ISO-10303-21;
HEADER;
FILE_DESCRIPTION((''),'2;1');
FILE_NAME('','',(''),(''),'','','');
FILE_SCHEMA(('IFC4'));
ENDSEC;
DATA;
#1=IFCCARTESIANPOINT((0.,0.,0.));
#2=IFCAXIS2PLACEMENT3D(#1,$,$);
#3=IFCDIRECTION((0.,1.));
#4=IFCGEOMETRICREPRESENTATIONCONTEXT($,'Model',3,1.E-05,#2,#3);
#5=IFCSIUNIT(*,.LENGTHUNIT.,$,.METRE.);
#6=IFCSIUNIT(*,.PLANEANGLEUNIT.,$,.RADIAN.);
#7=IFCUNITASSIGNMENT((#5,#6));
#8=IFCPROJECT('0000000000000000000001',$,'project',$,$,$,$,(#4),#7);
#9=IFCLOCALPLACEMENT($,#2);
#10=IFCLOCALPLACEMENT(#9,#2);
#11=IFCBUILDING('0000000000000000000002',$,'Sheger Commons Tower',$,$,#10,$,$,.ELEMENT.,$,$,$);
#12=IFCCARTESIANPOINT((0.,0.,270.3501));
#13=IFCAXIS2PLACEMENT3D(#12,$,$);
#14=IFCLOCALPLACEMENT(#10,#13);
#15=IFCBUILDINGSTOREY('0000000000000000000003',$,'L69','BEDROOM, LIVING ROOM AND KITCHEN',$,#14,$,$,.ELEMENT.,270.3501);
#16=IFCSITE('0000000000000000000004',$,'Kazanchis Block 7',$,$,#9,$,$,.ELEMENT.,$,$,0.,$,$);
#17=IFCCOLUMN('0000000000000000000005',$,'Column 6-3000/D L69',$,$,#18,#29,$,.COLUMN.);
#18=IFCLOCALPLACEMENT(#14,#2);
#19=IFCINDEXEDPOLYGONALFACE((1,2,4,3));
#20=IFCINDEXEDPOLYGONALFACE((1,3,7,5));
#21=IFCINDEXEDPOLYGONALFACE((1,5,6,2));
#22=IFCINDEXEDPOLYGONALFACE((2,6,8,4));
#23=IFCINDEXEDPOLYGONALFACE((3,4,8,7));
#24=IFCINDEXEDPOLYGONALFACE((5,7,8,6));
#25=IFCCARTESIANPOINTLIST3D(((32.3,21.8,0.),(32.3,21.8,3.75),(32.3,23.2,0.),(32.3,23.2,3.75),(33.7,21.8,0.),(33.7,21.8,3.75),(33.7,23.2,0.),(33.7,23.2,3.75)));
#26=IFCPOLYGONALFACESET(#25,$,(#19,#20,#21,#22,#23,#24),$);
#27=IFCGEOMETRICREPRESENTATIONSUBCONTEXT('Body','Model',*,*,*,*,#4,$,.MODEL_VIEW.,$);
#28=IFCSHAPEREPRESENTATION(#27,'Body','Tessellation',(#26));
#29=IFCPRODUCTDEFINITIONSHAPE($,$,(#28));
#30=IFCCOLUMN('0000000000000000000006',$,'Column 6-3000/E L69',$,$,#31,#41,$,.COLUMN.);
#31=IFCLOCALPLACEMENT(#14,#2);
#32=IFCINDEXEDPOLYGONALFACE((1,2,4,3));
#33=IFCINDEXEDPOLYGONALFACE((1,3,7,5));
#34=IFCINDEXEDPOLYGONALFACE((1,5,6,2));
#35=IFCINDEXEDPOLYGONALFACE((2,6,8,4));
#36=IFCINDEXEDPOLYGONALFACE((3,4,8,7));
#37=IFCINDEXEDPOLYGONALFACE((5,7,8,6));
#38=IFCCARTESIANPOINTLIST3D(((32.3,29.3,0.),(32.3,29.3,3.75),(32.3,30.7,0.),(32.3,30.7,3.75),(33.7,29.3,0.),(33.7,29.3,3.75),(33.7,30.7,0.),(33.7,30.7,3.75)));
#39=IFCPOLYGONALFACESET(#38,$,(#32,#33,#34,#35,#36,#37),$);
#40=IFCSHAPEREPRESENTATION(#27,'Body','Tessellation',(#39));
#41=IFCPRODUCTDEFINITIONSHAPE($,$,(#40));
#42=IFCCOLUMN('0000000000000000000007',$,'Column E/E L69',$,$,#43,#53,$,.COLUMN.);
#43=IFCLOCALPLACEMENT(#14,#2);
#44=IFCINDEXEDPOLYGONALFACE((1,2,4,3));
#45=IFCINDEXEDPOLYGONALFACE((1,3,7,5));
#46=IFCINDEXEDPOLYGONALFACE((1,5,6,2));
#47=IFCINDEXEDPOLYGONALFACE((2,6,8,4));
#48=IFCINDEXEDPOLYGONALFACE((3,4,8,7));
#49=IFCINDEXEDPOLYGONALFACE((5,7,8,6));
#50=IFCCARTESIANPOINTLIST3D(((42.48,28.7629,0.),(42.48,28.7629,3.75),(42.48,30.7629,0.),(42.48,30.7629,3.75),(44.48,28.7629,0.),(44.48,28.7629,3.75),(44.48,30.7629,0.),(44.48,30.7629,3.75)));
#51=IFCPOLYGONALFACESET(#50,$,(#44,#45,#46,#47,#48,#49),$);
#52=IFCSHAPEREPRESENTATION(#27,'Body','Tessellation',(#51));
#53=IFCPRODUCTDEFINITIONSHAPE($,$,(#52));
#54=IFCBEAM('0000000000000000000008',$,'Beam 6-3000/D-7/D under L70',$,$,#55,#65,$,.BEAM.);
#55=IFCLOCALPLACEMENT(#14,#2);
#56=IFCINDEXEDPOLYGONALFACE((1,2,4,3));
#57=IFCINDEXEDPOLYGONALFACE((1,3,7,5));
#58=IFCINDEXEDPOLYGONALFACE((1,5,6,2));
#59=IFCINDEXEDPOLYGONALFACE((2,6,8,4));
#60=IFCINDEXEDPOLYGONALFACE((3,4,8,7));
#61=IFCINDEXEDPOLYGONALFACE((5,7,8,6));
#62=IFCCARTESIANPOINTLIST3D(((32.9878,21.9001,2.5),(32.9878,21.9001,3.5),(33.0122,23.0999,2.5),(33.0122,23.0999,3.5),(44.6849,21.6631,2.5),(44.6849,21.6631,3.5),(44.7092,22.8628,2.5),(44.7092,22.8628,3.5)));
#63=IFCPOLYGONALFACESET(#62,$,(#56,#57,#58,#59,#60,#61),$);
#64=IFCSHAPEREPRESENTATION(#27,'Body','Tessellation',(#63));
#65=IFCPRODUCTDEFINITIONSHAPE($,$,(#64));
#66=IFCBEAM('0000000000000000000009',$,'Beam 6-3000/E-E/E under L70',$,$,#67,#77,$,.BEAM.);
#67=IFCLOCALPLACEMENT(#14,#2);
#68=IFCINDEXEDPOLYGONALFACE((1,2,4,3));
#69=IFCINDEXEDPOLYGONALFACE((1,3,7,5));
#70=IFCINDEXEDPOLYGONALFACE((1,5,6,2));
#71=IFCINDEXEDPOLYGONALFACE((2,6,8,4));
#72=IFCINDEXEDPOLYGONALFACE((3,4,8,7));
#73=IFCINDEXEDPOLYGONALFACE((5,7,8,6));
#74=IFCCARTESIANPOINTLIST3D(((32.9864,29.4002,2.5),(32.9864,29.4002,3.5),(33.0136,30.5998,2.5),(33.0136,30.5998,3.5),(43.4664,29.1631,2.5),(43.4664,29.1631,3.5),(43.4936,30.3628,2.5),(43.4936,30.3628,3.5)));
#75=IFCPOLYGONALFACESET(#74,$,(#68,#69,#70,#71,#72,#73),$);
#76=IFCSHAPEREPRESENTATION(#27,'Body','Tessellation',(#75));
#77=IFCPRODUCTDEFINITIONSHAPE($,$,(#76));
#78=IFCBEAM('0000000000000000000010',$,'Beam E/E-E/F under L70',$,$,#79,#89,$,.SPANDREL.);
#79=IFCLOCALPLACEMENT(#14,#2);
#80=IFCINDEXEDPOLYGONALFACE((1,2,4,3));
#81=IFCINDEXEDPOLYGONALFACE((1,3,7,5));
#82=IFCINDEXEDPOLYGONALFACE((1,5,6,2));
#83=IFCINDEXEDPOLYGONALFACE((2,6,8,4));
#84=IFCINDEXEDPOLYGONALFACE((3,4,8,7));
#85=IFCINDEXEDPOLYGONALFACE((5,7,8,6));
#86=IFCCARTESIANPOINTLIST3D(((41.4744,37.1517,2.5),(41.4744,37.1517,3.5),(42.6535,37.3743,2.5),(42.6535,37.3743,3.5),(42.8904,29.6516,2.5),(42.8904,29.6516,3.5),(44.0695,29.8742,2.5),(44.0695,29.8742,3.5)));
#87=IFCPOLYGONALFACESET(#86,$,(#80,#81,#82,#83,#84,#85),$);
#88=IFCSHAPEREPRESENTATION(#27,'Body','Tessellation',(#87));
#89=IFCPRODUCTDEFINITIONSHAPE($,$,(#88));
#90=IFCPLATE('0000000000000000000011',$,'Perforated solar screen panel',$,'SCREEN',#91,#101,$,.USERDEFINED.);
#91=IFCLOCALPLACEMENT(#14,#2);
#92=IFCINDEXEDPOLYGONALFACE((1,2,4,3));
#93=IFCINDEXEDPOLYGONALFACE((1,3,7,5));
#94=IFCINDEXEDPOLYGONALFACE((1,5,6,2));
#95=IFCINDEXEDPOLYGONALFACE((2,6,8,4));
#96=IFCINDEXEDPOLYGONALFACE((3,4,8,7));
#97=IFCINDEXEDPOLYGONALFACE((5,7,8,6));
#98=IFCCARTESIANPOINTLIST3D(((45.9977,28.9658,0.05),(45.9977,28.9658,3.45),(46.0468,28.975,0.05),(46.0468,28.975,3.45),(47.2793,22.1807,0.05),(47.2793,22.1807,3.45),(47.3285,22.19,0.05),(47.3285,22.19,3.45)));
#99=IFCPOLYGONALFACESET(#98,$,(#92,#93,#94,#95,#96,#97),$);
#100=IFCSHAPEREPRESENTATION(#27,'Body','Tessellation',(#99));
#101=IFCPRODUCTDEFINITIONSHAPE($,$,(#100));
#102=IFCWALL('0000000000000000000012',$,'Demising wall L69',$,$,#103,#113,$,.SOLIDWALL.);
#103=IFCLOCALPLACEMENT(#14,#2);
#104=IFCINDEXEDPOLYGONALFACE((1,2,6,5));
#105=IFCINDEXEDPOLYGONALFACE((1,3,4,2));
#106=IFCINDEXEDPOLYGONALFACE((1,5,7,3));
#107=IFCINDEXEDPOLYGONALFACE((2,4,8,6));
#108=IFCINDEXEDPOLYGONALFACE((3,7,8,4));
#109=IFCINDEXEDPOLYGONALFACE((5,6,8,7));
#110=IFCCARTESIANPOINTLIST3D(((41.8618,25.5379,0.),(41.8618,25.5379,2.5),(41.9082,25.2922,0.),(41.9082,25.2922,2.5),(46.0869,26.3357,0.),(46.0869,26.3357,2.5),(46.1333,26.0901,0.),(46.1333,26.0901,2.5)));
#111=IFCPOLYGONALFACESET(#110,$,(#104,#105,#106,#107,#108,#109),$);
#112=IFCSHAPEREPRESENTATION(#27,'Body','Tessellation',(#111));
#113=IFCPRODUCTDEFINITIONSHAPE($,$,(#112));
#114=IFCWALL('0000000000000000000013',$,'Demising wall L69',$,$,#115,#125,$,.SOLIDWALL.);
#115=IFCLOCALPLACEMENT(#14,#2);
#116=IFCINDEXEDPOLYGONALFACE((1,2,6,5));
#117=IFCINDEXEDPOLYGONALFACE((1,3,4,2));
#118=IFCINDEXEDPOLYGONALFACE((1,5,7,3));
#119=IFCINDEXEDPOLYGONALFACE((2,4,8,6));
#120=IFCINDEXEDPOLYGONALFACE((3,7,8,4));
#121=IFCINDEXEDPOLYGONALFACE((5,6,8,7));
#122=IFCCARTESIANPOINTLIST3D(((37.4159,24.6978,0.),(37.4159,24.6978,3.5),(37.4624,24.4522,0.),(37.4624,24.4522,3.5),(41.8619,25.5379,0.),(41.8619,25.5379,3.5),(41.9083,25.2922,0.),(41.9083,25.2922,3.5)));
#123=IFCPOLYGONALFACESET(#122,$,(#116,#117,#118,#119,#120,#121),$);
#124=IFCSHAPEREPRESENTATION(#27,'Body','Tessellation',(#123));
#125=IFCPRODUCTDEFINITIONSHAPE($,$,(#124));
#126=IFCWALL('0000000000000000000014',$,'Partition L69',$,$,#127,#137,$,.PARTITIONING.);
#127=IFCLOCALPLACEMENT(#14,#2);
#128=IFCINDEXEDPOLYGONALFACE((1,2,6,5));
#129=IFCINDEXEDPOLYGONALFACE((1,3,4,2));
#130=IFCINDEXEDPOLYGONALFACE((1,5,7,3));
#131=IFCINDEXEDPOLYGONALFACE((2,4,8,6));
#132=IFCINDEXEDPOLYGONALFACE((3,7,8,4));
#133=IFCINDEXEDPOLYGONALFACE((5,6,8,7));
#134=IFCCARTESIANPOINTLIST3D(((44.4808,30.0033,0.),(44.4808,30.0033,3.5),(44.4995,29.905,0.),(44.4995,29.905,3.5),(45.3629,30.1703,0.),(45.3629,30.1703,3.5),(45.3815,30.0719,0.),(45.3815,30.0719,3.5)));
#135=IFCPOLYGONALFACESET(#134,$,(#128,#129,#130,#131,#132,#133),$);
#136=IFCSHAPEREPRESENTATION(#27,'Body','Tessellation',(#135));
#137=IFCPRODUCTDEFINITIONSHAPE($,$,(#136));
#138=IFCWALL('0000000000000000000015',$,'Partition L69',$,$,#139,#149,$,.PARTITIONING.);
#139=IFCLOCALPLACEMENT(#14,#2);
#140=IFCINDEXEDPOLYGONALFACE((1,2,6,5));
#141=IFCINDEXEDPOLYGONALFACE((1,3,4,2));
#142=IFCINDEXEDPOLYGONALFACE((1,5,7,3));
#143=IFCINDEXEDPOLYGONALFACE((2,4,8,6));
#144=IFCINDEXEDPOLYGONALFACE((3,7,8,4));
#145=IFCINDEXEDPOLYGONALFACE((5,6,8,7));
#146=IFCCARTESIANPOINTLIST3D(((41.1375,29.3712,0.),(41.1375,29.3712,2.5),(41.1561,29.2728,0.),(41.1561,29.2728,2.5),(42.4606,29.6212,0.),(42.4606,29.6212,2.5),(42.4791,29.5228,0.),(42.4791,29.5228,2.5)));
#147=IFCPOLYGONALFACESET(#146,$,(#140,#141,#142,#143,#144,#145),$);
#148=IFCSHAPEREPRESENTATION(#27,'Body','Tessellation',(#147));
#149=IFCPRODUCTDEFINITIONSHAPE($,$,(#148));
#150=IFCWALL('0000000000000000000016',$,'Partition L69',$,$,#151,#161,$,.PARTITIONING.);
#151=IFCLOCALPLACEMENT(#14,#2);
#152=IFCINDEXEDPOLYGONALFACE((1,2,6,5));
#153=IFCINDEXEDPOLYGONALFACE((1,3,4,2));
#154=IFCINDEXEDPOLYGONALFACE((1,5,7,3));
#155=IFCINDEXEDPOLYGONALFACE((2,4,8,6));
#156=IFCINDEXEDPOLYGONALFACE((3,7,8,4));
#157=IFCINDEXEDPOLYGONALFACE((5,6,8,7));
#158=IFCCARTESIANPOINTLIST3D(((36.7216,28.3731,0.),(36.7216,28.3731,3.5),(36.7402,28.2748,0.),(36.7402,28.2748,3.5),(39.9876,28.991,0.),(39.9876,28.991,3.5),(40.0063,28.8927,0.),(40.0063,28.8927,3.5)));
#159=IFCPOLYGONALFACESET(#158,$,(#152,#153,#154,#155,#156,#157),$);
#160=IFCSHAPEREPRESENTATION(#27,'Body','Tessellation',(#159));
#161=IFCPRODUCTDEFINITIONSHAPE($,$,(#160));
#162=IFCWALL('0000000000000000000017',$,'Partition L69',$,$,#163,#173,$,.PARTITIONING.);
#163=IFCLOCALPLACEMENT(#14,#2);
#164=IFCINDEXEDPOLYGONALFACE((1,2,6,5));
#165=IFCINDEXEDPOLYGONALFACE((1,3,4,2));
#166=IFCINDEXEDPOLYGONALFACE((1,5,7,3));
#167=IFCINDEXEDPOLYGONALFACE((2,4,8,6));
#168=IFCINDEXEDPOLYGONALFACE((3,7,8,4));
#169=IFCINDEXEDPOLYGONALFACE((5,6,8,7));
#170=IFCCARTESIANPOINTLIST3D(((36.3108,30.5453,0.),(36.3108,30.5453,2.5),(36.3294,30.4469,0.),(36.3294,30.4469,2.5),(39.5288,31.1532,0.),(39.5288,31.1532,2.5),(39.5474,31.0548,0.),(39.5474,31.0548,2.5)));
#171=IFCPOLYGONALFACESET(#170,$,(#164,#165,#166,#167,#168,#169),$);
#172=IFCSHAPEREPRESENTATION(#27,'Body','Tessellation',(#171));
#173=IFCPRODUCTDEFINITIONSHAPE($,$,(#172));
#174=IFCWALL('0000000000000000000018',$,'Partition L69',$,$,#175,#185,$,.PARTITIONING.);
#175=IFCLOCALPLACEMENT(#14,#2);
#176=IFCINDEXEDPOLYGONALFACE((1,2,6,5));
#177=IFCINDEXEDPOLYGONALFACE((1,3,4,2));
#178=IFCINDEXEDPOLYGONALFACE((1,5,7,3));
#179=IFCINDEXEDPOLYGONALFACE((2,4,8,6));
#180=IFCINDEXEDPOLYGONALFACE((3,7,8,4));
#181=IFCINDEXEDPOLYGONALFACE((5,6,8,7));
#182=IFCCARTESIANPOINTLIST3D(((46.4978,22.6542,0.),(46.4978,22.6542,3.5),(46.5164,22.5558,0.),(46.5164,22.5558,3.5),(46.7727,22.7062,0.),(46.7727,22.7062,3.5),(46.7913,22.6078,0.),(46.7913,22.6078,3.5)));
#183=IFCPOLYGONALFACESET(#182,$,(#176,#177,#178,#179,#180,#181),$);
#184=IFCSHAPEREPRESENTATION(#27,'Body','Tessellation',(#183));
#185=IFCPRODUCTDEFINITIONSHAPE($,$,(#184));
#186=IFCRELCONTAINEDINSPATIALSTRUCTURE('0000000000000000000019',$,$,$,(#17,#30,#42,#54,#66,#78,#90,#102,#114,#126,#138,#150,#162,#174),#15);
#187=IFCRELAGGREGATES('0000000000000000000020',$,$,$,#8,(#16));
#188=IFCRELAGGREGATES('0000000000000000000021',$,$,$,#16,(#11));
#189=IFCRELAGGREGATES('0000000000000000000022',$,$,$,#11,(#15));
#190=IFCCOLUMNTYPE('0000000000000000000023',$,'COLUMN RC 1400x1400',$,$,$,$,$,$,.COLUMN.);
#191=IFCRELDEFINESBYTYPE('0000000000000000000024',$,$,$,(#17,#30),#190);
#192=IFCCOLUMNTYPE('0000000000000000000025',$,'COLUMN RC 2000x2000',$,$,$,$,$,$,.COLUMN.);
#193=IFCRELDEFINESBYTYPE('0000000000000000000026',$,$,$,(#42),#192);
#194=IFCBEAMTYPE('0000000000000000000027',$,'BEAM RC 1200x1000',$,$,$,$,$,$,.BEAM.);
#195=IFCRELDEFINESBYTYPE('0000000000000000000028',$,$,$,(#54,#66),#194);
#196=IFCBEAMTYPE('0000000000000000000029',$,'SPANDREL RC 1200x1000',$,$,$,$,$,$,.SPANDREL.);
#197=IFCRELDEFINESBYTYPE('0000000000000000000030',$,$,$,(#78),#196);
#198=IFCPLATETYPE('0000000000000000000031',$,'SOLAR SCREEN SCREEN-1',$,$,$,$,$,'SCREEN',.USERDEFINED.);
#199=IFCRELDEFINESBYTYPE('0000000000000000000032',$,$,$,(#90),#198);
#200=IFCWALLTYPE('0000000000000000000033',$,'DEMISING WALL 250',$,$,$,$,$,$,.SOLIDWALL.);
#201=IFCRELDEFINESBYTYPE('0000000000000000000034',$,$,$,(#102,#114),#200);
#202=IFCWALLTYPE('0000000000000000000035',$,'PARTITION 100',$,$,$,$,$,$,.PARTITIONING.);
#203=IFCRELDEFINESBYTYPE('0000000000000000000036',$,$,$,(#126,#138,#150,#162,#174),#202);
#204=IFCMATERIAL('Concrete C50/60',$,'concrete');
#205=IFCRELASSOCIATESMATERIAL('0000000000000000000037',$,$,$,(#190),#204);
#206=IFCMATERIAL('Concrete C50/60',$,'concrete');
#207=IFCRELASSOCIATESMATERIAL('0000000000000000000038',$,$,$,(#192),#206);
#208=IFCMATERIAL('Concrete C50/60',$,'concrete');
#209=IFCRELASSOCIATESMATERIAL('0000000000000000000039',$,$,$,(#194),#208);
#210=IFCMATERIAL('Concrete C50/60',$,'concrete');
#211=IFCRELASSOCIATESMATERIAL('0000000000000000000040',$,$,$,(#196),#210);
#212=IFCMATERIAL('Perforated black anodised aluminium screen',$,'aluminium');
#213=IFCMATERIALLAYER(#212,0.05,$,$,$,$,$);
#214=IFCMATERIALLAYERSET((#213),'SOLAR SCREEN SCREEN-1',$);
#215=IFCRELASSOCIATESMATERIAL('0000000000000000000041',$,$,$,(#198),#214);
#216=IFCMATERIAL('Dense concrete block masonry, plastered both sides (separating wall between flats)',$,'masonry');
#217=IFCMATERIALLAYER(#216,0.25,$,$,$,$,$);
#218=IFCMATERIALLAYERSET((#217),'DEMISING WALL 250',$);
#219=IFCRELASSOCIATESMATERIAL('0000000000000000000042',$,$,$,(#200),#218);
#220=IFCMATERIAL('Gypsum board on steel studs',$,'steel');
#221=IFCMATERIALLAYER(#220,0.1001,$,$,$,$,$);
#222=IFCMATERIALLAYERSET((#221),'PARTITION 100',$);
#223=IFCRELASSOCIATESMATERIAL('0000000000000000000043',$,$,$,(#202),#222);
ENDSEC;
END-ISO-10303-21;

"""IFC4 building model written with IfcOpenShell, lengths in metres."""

from ifc_helpers import new_model, si_unit, direction, frame, frame_2d, origin, origin_2d, place, context, subcontext, project, spatial, rectangle, extrude, material, layer, layer_set, material_profile, profile_set, type_object, element, save


model = new_model("IFC4")

# Units and contexts
model_context = context("Model", 3, precision=1e-05, world=origin(), true_north=direction((0.0, 1.0)))
body_context = subcontext(model_context, "Body", "Model", "MODEL_VIEW")
ifc_project = project(units=[si_unit("LENGTHUNIT", "METRE"), si_unit("PLANEANGLEUNIT", "RADIAN")], contexts=[model_context])

# Site, building, storey
site_placement = place(None, origin())
site = spatial("IfcSite", under=ifc_project, at=site_placement, Name="Kazanchis Block 7", CompositionType="ELEMENT", RefElevation=0.0)
building_placement = place(site_placement, origin())
building = spatial("IfcBuilding", under=site, at=building_placement, Name="Sheger Commons Tower", CompositionType="ELEMENT")
storey_placement = place(building_placement, frame((0.0, 0.0, 270.3501)))
storey = spatial("IfcBuildingStorey", under=building, at=storey_placement, Name="L69", Description="BEDROOM, LIVING ROOM AND KITCHEN", CompositionType="ELEMENT", Elevation=270.3501)

# Columns
ifc_material_1 = material(Name="Concrete C50/60", Category="concrete")
ifc_material_profile_1 = material_profile(ifc_material_1, rectangle(XDim=1.3999, YDim=1.3999, at=origin_2d()), Name="RC 1400x1400")
ifc_profile_set_1 = profile_set([ifc_material_profile_1], Name="Concrete C50/60")
column_type_1 = type_object("IfcColumnType", Name="COLUMN RC 1400x1400", PredefinedType="COLUMN", material=ifc_profile_set_1)
for number, where, z_axis, x_axis, name in (
    (1, (33.0, 22.5, 0.0), (0.0, 0.0, 1.0), (1.0, 0.0, 0.0), "Column 6-3000/D L69"),
    (2, (33.0, 30.0, 0.0), (0.0, 0.0, 1.0), (1.0, 0.0, 0.0), "Column 6-3000/E L69"),
):
    element("IfcColumn", number, at=place(storey_placement, frame(where, z_axis=z_axis, x_axis=x_axis)), inside=storey, type_object=column_type_1, Name=name, PredefinedType="COLUMN", context=body_context, shape_type="SweptSolid", body=[
        extrude(rectangle(XDim=1.3999, YDim=1.3999, at=origin_2d()), origin(), (0.0, 0.0, 1.0), 3.75),
    ])
ifc_material_2 = material(Name="Concrete C50/60", Category="concrete")
ifc_material_profile_2 = material_profile(ifc_material_2, rectangle(XDim=2.0, YDim=2.0, at=origin_2d()), Name="RC 2000x2000")
ifc_profile_set_2 = profile_set([ifc_material_profile_2], Name="Concrete C50/60")
column_type_2 = type_object("IfcColumnType", Name="COLUMN RC 2000x2000", PredefinedType="COLUMN", material=ifc_profile_set_2)
column_placement = place(storey_placement, frame((43.48, 29.7629, 0.0), z_axis=(0.0, 0.0, 1.0), x_axis=(1.0, 0.0, 0.0)))
element("IfcColumn", 3, at=column_placement, inside=storey, type_object=column_type_2, Name="Column E/E L69", PredefinedType="COLUMN", context=body_context, shape_type="SweptSolid", body=[
    extrude(rectangle(XDim=2.0, YDim=2.0, at=origin_2d()), origin(), (0.0, 0.0, 1.0), 3.75),
])

# Beams
ifc_material_3 = material(Name="Concrete C50/60", Category="concrete")
ifc_material_profile_3 = material_profile(ifc_material_3, rectangle(XDim=1.2, YDim=1.0, at=origin_2d()), Name="RC 1200x1000")
ifc_profile_set_3 = profile_set([ifc_material_profile_3], Name="Concrete C50/60")
beam_type_1 = type_object("IfcBeamType", Name="BEAM RC 1200x1000", PredefinedType="BEAM", material=ifc_profile_set_3)
beam_1_placement = place(storey_placement, frame((33.0, 22.5, 3.0), z_axis=(0.999795, -0.020263, 0.0), x_axis=(0.020263, 0.999795, 0.0)))
element("IfcBeam", 4, at=beam_1_placement, inside=storey, type_object=beam_type_1, Name="Beam 6-3000/D-7/D under L70", PredefinedType="BEAM", context=body_context, shape_type="SweptSolid", body=[
    extrude(rectangle(XDim=1.2, YDim=1.0, at=origin_2d()), origin(), (0.0, 0.0, 1.0), 11.6995),
])
beam_2_placement = place(storey_placement, frame((33.0, 30.0, 3.0), z_axis=(0.999744, -0.022615, 0.0), x_axis=(0.022615, 0.999744, 0.0)))
element("IfcBeam", 5, at=beam_2_placement, inside=storey, type_object=beam_type_1, Name="Beam 6-3000/E-E/E under L70", PredefinedType="BEAM", context=body_context, shape_type="SweptSolid", body=[
    extrude(rectangle(XDim=1.2, YDim=1.0, at=origin_2d()), origin(), (0.0, 0.0, 1.0), 10.4827),
])
ifc_material_4 = material(Name="Concrete C50/60", Category="concrete")
ifc_material_profile_4 = material_profile(ifc_material_4, rectangle(XDim=1.2, YDim=1.0, at=origin_2d()), Name="RC 1200x1000")
ifc_profile_set_4 = profile_set([ifc_material_profile_4], Name="Concrete C50/60")
beam_type_2 = type_object("IfcBeamType", Name="SPANDREL RC 1200x1000", PredefinedType="SPANDREL", material=ifc_profile_set_4)
beam_3_placement = place(storey_placement, frame((43.48, 29.7629, 3.0), z_axis=(-0.185524, 0.98264, 0.0), x_axis=(-0.98264, -0.185524, 0.0)))
element("IfcBeam", 6, at=beam_3_placement, inside=storey, type_object=beam_type_2, Name="Beam E/E-E/F under L70", PredefinedType="SPANDREL", context=body_context, shape_type="SweptSolid", body=[
    extrude(rectangle(XDim=1.2, YDim=1.0, at=origin_2d()), origin(), (0.0, 0.0, 1.0), 7.6326),
])

# Plate
ifc_material_5 = material(Name="Perforated black anodised aluminium screen", Category="aluminium")
ifc_layer_1 = layer(ifc_material_5, 0.05)
ifc_layer_set_1 = layer_set([ifc_layer_1], Name="SOLAR SCREEN SCREEN-1")
plate_type = type_object("IfcPlateType", Name="SOLAR SCREEN SCREEN-1", ElementType="SCREEN", PredefinedType="USERDEFINED", material=ifc_layer_set_1)
plate_placement = place(storey_placement, frame((46.6631, 25.5779, 0.05), z_axis=(0.0, 0.0, 1.0), x_axis=(-0.185615, 0.982623, 0.0)))
element("IfcPlate", 7, at=plate_placement, inside=storey, type_object=plate_type, Name="Perforated solar screen panel", ObjectType="SCREEN", PredefinedType="USERDEFINED", context=body_context, shape_type="SweptSolid", body=[
    extrude(rectangle(XDim=6.905, YDim=0.05, at=origin_2d()), origin(), (0.0, 0.0, 1.0), 3.3999),
])

# Walls
ifc_material_6 = material(Name="Dense concrete block masonry, plastered both sides (separating wall between flats)", Category="masonry")
ifc_layer_2 = layer(ifc_material_6, 0.25)
ifc_layer_set_2 = layer_set([ifc_layer_2], Name="DEMISING WALL 250")
wall_type_1 = type_object("IfcWallType", Name="DEMISING WALL 250", PredefinedType="SOLIDWALL", material=ifc_layer_set_2)
wall_1_placement = place(storey_placement, frame((46.1101, 26.2129, 0.0), z_axis=(0.0, 0.0, 1.0), x_axis=(-0.982634, -0.185557, 0.0)))
element("IfcWall", 8, at=wall_1_placement, inside=storey, type_object=wall_type_1, Name="Demising wall L69", PredefinedType="SOLIDWALL", context=body_context, shape_type="SweptSolid", body=[
    extrude(rectangle(XDim=4.2998, YDim=0.25, at=frame_2d((2.1499, 0.0))), origin(), (0.0, 0.0, 1.0), 2.5),
])
wall_2_placement = place(storey_placement, frame((41.885, 25.415, 0.0), z_axis=(0.0, 0.0, 1.0), x_axis=(-0.982613, -0.185666, 0.0)))
element("IfcWall", 9, at=wall_2_placement, inside=storey, type_object=wall_type_1, Name="Demising wall L69", PredefinedType="SOLIDWALL", context=body_context, shape_type="SweptSolid", body=[
    extrude(rectangle(XDim=4.5247, YDim=0.25, at=frame_2d((2.2622, 0.0))), origin(), (0.0, 0.0, 1.0), 3.5),
])
ifc_material_7 = material(Name="Gypsum board on steel studs", Category="steel")
ifc_layer_3 = layer(ifc_material_7, 0.1001)
ifc_layer_set_3 = layer_set([ifc_layer_3], Name="PARTITION 100")
wall_type_2 = type_object("IfcWallType", Name="PARTITION 100", PredefinedType="PARTITIONING", material=ifc_layer_set_3)
wall_3_placement = place(storey_placement, frame((45.3721, 30.1211, 0.0), z_axis=(0.0, 0.0, 1.0), x_axis=(-0.982547, -0.186012, 0.0)))
element("IfcWall", 10, at=wall_3_placement, inside=storey, type_object=wall_type_2, Name="Partition L69", PredefinedType="PARTITIONING", context=body_context, shape_type="SweptSolid", body=[
    extrude(rectangle(XDim=0.8977, YDim=0.1001, at=frame_2d((0.4487, 0.0))), origin(), (0.0, 0.0, 1.0), 3.5),
])
wall_4_placement = place(storey_placement, frame((42.47, 29.572, 0.0), z_axis=(0.0, 0.0, 1.0), x_axis=(-0.982611, -0.185679, 0.0)))
element("IfcWall", 11, at=wall_4_placement, inside=storey, type_object=wall_type_2, Name="Partition L69", PredefinedType="PARTITIONING", context=body_context, shape_type="SweptSolid", body=[
    extrude(rectangle(XDim=1.3464, YDim=0.1001, at=frame_2d((0.6733, 0.0))), origin(), (0.0, 0.0, 1.0), 2.5),
])
wall_5_placement = place(storey_placement, frame((39.9971, 28.9419, 0.0), z_axis=(0.0, 0.0, 1.0), x_axis=(-0.98257, -0.185894, 0.0)))
element("IfcWall", 12, at=wall_5_placement, inside=storey, type_object=wall_type_2, Name="Partition L69", PredefinedType="PARTITIONING", context=body_context, shape_type="SweptSolid", body=[
    extrude(rectangle(XDim=3.324, YDim=0.1001, at=frame_2d((1.6621, 0.0))), origin(), (0.0, 0.0, 1.0), 3.5),
])
wall_6_placement = place(storey_placement, frame((39.5381, 31.104, 0.0), z_axis=(0.0, 0.0, 1.0), x_axis=(-0.982621, -0.185625, 0.0)))
element("IfcWall", 13, at=wall_6_placement, inside=storey, type_object=wall_type_2, Name="Partition L69", PredefinedType="PARTITIONING", context=body_context, shape_type="SweptSolid", body=[
    extrude(rectangle(XDim=3.2749, YDim=0.1001, at=frame_2d((1.6375, 0.0))), origin(), (0.0, 0.0, 1.0), 2.5),
])
wall_7_placement = place(storey_placement, frame((46.782, 22.657, 0.0), z_axis=(0.0, 0.0, 1.0), x_axis=(-0.982575, -0.185869, 0.0)))
element("IfcWall", 14, at=wall_7_placement, inside=storey, type_object=wall_type_2, Name="Partition L69", PredefinedType="PARTITIONING", context=body_context, shape_type="SweptSolid", body=[
    extrude(rectangle(XDim=0.2798, YDim=0.1001, at=frame_2d((0.1399, 0.0))), origin(), (0.0, 0.0, 1.0), 3.5),
])

save(model, "model.ifc")
